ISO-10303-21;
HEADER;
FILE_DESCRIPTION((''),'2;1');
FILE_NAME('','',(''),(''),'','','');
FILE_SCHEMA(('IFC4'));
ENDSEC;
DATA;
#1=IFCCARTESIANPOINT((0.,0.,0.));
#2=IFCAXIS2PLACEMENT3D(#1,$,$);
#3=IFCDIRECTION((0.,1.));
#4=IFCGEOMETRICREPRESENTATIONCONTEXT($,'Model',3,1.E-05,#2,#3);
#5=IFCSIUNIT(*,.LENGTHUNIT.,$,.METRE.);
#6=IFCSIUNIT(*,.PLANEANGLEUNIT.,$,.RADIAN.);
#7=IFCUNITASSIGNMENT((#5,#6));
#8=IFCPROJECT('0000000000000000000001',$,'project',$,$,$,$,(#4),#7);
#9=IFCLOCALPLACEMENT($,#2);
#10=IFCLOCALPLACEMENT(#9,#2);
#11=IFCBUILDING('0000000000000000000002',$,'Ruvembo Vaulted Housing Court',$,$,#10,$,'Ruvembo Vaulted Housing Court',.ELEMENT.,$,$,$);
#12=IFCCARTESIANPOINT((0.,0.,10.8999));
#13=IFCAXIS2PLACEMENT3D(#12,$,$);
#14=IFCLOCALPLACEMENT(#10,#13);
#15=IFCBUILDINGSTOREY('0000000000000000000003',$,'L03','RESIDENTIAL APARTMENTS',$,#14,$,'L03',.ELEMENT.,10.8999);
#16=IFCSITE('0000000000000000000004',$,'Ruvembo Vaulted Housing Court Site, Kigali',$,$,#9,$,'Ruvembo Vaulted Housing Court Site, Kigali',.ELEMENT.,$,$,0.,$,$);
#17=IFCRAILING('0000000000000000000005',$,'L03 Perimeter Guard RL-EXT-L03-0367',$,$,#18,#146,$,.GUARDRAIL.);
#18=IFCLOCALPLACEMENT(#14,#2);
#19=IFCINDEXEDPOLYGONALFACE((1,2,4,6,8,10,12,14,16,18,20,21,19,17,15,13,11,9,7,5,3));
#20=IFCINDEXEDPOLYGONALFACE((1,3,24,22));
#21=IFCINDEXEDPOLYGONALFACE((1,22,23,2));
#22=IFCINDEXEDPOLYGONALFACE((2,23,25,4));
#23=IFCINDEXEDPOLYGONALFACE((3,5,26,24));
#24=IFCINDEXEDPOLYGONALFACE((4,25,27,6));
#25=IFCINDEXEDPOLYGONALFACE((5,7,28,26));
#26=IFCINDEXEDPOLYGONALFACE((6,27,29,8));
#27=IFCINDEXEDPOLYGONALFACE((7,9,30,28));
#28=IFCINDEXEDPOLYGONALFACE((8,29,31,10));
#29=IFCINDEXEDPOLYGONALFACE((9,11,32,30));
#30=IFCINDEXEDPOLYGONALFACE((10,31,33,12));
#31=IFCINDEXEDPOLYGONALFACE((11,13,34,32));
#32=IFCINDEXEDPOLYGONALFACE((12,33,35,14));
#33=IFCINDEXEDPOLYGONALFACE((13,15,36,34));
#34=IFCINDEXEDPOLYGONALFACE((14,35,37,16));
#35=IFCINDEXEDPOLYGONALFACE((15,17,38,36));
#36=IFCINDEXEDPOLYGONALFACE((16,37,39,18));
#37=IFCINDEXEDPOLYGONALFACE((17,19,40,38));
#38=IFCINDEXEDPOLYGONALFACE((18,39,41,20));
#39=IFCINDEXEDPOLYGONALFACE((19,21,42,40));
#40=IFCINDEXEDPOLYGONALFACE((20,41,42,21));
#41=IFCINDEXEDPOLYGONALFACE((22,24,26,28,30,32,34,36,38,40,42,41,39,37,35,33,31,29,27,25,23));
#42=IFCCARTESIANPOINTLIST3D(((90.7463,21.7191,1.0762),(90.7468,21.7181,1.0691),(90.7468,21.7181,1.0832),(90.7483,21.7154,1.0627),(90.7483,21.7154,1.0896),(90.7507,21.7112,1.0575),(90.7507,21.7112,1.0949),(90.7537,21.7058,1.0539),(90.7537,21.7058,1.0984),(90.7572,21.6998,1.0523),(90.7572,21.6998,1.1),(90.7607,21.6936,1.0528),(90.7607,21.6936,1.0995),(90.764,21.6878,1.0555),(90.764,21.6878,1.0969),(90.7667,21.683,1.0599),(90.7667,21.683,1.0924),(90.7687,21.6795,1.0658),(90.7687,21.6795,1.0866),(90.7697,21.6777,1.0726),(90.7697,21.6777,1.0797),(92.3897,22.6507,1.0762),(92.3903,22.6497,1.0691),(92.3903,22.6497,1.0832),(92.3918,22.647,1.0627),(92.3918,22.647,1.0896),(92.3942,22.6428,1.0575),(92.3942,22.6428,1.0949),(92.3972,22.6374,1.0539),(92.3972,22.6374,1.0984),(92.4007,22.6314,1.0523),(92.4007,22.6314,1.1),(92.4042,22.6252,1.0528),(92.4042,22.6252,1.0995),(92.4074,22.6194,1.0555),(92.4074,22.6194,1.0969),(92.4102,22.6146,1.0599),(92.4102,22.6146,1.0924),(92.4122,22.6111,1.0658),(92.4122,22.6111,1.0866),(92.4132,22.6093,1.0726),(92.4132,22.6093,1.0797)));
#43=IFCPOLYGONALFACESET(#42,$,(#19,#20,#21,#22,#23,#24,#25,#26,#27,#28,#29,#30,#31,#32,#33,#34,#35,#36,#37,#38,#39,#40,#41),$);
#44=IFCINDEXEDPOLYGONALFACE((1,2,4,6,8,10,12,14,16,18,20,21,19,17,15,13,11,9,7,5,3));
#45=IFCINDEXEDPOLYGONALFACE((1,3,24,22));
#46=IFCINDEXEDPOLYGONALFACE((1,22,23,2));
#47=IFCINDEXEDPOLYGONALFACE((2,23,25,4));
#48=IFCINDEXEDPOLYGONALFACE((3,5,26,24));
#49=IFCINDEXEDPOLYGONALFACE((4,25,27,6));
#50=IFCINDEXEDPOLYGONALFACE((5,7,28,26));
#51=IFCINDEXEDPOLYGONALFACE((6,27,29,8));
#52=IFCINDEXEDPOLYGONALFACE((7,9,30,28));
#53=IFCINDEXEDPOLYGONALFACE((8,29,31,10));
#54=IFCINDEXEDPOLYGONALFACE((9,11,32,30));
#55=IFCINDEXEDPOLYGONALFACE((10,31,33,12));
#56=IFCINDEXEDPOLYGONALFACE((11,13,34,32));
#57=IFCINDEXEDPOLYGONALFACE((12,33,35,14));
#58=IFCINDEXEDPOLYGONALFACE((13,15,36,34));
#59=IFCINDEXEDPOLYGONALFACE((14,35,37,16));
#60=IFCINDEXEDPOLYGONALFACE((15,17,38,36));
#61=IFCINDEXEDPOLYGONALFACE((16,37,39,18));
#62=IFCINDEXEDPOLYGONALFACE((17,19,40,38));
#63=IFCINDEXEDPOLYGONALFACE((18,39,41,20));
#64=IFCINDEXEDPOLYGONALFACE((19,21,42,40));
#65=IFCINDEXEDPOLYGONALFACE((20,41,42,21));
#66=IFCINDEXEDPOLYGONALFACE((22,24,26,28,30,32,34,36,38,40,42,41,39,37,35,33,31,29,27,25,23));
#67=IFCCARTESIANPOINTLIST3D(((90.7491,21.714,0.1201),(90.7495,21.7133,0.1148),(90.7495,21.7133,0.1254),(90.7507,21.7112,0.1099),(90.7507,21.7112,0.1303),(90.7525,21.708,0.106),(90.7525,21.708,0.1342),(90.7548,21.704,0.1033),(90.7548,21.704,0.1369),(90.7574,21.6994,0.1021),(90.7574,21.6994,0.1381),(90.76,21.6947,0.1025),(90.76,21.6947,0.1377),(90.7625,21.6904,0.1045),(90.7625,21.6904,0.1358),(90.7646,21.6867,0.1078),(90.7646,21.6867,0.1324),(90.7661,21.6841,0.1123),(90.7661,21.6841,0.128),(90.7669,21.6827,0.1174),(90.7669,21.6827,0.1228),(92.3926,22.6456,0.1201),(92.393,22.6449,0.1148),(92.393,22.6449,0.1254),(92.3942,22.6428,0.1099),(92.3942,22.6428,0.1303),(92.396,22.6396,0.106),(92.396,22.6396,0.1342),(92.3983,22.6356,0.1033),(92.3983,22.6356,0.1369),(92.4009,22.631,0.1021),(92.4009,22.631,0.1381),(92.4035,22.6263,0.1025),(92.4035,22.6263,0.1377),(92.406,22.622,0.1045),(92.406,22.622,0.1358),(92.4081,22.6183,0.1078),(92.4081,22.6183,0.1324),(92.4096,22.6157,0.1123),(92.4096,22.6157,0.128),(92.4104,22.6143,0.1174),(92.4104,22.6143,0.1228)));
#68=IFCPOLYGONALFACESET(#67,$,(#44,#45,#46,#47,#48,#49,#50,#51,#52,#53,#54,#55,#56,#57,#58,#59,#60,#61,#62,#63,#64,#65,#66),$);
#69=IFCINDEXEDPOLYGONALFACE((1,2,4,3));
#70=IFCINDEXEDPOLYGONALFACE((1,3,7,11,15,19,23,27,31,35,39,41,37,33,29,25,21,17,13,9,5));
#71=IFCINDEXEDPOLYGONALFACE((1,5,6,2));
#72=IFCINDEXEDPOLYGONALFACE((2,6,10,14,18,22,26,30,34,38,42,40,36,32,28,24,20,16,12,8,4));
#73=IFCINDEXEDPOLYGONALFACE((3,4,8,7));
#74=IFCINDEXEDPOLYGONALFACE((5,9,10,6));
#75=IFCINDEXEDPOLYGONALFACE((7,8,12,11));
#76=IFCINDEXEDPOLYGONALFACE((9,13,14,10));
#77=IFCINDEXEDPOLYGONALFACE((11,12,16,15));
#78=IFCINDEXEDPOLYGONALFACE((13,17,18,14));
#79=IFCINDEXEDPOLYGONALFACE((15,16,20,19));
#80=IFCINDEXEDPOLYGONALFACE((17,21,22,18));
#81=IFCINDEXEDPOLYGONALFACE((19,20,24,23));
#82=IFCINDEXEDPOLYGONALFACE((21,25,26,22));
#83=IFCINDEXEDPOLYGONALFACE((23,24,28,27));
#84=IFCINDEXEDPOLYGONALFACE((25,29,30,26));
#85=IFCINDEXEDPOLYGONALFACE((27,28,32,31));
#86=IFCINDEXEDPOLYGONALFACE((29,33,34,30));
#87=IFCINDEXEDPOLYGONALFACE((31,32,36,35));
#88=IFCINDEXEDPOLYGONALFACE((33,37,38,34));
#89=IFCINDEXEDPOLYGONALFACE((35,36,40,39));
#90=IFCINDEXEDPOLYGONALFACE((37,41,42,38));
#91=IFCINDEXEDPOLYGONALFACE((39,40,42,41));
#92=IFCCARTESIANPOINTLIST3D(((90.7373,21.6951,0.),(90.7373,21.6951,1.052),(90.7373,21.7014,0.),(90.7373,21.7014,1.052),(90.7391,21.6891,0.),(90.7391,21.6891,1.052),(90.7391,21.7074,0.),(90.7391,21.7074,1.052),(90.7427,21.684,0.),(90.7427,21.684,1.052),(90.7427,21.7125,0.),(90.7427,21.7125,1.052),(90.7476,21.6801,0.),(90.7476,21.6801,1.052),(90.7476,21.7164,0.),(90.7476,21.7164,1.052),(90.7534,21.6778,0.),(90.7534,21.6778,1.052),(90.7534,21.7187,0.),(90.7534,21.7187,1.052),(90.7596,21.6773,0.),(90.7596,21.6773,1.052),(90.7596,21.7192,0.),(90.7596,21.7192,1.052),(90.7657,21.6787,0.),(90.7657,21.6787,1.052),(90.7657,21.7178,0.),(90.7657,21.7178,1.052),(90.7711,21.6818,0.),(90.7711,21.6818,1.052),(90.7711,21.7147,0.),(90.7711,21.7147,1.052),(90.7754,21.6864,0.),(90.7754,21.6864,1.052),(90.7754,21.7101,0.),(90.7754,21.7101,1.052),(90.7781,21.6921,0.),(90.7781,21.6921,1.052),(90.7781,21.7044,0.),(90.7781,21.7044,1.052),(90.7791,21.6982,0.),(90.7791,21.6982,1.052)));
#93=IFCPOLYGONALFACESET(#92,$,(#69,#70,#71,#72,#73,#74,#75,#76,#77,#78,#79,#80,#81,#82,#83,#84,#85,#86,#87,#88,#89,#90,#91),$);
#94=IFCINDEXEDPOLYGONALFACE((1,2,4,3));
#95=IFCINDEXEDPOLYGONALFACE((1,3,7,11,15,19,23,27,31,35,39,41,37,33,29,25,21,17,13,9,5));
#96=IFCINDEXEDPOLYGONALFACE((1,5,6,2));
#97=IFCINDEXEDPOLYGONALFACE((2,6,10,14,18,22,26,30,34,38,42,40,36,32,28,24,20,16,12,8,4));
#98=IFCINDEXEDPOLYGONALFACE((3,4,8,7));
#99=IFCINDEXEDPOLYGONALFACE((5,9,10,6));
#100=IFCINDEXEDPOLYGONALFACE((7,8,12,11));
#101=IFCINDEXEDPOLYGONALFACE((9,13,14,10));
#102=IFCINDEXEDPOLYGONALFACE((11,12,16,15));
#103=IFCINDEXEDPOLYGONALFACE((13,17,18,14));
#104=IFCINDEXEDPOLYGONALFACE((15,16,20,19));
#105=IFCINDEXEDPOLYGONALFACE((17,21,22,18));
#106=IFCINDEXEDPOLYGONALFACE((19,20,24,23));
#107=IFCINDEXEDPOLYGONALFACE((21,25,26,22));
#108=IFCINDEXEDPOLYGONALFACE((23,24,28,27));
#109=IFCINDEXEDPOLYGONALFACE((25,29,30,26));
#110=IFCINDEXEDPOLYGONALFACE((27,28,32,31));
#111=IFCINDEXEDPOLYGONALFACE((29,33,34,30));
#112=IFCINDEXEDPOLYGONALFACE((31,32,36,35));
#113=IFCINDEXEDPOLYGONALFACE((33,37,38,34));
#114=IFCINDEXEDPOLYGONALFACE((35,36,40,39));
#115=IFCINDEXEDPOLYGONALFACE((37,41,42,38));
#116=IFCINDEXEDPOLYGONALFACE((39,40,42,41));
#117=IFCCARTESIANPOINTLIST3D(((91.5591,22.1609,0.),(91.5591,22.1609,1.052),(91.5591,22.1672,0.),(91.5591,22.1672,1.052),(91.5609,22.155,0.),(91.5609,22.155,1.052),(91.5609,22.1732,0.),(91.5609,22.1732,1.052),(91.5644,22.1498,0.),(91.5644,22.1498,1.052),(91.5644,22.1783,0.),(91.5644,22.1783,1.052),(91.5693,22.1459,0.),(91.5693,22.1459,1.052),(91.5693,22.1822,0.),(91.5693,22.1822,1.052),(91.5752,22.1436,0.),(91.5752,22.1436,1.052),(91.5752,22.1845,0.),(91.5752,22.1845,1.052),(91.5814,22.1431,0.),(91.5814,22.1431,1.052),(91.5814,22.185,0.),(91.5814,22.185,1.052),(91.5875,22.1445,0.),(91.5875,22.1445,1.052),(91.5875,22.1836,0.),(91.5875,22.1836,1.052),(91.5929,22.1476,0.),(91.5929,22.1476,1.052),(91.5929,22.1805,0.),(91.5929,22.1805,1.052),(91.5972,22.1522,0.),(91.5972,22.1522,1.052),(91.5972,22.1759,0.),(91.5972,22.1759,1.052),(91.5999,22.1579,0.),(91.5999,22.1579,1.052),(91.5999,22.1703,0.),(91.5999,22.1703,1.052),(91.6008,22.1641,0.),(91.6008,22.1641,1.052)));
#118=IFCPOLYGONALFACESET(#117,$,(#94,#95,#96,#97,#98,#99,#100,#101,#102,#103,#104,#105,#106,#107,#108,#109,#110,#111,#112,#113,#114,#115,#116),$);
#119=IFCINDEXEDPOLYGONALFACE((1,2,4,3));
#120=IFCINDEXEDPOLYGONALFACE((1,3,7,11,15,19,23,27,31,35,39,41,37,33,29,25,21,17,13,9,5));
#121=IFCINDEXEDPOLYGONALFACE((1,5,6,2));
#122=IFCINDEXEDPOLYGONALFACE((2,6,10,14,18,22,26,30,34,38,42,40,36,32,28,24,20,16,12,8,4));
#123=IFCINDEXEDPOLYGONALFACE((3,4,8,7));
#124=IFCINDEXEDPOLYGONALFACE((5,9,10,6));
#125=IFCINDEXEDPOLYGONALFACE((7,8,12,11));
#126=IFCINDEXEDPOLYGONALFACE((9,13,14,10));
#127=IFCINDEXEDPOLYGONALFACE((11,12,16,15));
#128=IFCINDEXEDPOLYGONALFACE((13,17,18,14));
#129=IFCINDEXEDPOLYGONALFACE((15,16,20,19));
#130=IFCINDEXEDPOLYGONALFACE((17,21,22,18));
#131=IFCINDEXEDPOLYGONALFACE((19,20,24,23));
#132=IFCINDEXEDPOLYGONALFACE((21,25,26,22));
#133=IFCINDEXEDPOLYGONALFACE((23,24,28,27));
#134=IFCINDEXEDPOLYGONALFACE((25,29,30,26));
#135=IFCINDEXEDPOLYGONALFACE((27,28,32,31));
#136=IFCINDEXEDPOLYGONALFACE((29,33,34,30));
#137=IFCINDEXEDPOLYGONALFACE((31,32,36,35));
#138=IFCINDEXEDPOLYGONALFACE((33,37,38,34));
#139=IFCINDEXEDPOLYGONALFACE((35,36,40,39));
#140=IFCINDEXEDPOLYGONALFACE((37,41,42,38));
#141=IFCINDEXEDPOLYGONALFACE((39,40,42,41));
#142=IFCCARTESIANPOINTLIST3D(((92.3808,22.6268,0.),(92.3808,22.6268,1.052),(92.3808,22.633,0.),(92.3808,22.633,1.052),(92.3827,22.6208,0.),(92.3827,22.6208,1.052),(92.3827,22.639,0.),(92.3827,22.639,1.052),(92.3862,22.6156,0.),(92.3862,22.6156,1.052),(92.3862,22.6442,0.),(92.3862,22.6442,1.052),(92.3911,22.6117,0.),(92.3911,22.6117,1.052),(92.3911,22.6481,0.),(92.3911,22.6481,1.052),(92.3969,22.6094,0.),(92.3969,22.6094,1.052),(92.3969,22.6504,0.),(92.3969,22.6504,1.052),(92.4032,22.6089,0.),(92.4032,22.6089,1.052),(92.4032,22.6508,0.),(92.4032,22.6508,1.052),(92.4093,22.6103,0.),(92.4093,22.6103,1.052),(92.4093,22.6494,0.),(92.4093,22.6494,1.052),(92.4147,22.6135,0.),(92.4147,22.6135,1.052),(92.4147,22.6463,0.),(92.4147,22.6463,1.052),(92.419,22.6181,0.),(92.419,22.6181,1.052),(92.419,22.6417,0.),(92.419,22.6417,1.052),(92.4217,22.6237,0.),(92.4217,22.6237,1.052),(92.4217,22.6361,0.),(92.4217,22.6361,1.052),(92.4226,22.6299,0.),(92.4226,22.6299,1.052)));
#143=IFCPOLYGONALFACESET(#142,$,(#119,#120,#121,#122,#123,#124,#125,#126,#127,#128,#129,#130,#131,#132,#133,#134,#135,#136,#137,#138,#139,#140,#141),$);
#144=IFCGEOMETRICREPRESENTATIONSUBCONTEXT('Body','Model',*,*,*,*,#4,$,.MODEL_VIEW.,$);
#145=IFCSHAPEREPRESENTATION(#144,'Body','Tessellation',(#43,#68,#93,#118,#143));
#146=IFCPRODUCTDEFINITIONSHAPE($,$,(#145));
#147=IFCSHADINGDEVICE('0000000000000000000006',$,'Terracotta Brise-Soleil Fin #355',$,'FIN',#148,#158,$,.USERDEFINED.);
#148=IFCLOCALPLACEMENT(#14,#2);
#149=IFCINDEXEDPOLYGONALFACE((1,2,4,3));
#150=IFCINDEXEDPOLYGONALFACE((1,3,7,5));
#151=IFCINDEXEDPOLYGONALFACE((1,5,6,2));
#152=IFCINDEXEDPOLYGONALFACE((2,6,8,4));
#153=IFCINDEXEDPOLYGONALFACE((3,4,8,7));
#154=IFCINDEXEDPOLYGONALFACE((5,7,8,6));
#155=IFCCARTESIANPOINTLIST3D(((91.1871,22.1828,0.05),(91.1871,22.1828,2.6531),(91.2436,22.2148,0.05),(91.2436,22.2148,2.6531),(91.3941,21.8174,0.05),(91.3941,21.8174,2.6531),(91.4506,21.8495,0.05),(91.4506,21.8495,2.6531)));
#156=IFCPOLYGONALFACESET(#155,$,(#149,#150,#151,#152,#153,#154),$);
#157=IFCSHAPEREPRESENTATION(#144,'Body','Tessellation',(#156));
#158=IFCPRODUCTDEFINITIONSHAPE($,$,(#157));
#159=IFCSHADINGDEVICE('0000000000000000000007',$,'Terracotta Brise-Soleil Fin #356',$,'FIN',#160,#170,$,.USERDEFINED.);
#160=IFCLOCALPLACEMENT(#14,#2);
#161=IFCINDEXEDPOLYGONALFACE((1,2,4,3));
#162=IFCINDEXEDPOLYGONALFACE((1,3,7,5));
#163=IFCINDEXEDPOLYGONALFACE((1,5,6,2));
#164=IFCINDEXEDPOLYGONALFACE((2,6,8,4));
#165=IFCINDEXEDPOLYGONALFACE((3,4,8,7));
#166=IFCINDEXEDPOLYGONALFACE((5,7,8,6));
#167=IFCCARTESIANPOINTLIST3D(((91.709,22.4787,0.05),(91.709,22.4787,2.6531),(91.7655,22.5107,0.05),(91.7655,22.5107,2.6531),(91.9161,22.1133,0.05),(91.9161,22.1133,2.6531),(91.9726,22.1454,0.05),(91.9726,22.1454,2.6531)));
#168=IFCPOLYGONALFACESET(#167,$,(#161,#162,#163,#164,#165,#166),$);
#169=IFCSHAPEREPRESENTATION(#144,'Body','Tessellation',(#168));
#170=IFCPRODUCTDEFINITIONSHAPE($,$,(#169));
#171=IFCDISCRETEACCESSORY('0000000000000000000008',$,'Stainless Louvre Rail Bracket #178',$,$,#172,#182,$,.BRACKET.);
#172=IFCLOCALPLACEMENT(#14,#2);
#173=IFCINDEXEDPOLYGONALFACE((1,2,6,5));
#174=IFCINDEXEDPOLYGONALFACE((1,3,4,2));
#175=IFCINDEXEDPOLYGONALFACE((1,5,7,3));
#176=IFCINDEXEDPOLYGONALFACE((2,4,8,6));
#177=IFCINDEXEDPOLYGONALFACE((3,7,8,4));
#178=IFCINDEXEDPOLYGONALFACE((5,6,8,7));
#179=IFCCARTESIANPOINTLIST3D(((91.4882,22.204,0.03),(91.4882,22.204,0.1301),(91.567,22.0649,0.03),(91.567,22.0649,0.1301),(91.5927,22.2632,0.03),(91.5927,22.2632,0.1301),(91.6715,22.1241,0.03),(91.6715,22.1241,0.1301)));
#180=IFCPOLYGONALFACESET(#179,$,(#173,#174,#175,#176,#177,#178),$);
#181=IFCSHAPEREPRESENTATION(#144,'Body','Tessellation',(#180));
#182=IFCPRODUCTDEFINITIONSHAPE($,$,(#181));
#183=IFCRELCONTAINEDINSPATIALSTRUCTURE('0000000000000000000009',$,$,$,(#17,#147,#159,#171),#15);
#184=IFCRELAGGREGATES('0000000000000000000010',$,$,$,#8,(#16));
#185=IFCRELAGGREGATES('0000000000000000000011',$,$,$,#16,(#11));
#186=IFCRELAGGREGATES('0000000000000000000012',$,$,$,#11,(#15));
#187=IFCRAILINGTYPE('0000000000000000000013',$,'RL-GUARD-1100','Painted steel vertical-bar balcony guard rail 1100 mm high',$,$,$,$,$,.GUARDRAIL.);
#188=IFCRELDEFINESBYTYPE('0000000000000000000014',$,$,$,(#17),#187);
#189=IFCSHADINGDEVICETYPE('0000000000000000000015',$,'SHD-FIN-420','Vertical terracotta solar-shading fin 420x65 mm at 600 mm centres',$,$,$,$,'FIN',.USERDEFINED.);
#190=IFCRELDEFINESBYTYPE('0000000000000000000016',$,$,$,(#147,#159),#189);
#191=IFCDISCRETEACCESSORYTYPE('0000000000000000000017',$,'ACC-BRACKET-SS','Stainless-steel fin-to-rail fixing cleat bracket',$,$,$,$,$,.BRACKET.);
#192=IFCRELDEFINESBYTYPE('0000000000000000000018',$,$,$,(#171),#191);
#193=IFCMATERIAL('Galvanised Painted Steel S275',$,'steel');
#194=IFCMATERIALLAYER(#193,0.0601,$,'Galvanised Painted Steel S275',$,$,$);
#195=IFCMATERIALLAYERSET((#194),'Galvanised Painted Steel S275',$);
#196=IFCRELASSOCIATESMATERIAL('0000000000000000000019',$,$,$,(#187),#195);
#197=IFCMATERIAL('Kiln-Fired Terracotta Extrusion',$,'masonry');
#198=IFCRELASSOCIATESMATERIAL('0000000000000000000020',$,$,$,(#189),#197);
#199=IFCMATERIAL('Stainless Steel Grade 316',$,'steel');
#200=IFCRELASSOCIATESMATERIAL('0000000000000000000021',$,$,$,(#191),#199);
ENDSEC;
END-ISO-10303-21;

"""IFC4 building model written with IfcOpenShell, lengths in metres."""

from ifc_helpers import new_model, si_unit, direction, frame, origin, origin_2d, place, context, subcontext, project, spatial, rectangle, circle, extrude, material, layer, layer_set, type_object, element, save


model = new_model("IFC4")

# Units and contexts
model_context = context("Model", 3, precision=1e-05, world=origin(), true_north=direction((0.0, 1.0)))
body_context = subcontext(model_context, "Body", "Model", "MODEL_VIEW")
ifc_project = project(units=[si_unit("LENGTHUNIT", "METRE"), si_unit("PLANEANGLEUNIT", "RADIAN")], contexts=[model_context])

# Site, building, storey
site_placement = place(None, origin())
site = spatial("IfcSite", under=ifc_project, at=site_placement, Name="Ruvembo Vaulted Housing Court Site, Kigali", LongName="Ruvembo Vaulted Housing Court Site, Kigali", CompositionType="ELEMENT", RefElevation=0.0)
building_placement = place(site_placement, origin())
building = spatial("IfcBuilding", under=site, at=building_placement, Name="Ruvembo Vaulted Housing Court", LongName="Ruvembo Vaulted Housing Court", CompositionType="ELEMENT")
storey_placement = place(building_placement, frame((0.0, 0.0, 10.8999)))
storey = spatial("IfcBuildingStorey", under=building, at=storey_placement, Name="L03", Description="RESIDENTIAL APARTMENTS", LongName="L03", CompositionType="ELEMENT", Elevation=10.8999)

# Railing
ifc_material_1 = material(Name="Galvanised Painted Steel S275", Category="steel")
ifc_layer_1 = layer(ifc_material_1, 0.0601, Name="Galvanised Painted Steel S275")
ifc_layer_set_1 = layer_set([ifc_layer_1], Name="Galvanised Painted Steel S275")
railing_type = type_object("IfcRailingType", Name="RL-GUARD-1100", Description="Painted steel vertical-bar balcony guard rail 1100 mm high", PredefinedType="GUARDRAIL", material=ifc_layer_set_1)
railing_placement = place(storey_placement, frame((90.7581, 21.6982, 0.0)))
element("IfcRailing", 1, at=railing_placement, inside=storey, type_object=railing_type, Name="L03 Perimeter Guard RL-EXT-L03-0367", PredefinedType="GUARDRAIL", context=body_context, shape_type="SweptSolid", body=[
    extrude(circle(Radius=0.0239, at=origin_2d()), frame((0.0, 0.0, 1.0762), z_axis=(0.869956, 0.49313, 0.0), x_axis=(-0.49313, 0.869956, 0.0)), (0.0, 0.0, 1.0), 1.8892),
    extrude(circle(Radius=0.0181, at=origin_2d()), frame((0.0, 0.0, 0.1201), z_axis=(0.869956, 0.49313, 0.0), x_axis=(-0.49313, 0.869956, 0.0)), (0.0, 0.0, 1.0), 1.8892),
    extrude(circle(Radius=0.021, at=origin_2d()), origin(), (0.0, 0.0, 1.0), 1.052),
    extrude(circle(Radius=0.021, at=origin_2d()), frame((0.8218, 0.4658, 0.0)), (0.0, 0.0, 1.0), 1.052),
    extrude(circle(Radius=0.021, at=origin_2d()), frame((1.6436, 0.9316, 0.0)), (0.0, 0.0, 1.0), 1.052),
])

# Shading devices
ifc_material_2 = material(Name="Kiln-Fired Terracotta Extrusion", Category="masonry")
shading_device_type = type_object("IfcShadingDeviceType", Name="SHD-FIN-420", Description="Vertical terracotta solar-shading fin 420x65 mm at 600 mm centres", ElementType="FIN", PredefinedType="USERDEFINED", material=ifc_material_2)
for number, where, z_axis, x_axis, name in (
    (2, (91.3188, 22.0161, 0.05), (0.0, 0.0, 1.0), (0.493107, -0.869969, 0.0), "Terracotta Brise-Soleil Fin #355"),
    (3, (91.8408, 22.312, 0.05), (0.0, 0.0, 1.0), (0.493107, -0.869969, 0.0), "Terracotta Brise-Soleil Fin #356"),
):
    element("IfcShadingDevice", number, at=place(storey_placement, frame(where, z_axis=z_axis, x_axis=x_axis)), inside=storey, type_object=shading_device_type, Name=name, ObjectType="FIN", PredefinedType="USERDEFINED", context=body_context, shape_type="SweptSolid", body=[
        extrude(rectangle(XDim=0.4199, YDim=0.0649, at=origin_2d()), origin(), (0.0, 0.0, 1.0), 2.603),
    ])

# Discrete accessory
ifc_material_3 = material(Name="Stainless Steel Grade 316", Category="steel")
discrete_accessory_type = type_object("IfcDiscreteAccessoryType", Name="ACC-BRACKET-SS", Description="Stainless-steel fin-to-rail fixing cleat bracket", PredefinedType="BRACKET", material=ifc_material_3)
discrete_accessory_placement = place(storey_placement, frame((91.5798, 22.1641, 0.03), z_axis=(0.0, 0.0, 1.0), x_axis=(0.493107, -0.869969, 0.0)))
element("IfcDiscreteAccessory", 4, at=discrete_accessory_placement, inside=storey, type_object=discrete_accessory_type, Name="Stainless Louvre Rail Bracket #178", PredefinedType="BRACKET", context=body_context, shape_type="SweptSolid", body=[
    extrude(rectangle(XDim=0.1599, YDim=0.1201, at=origin_2d()), origin(), (0.0, 0.0, 1.0), 0.1001),
])

save(model, "model.ifc")
